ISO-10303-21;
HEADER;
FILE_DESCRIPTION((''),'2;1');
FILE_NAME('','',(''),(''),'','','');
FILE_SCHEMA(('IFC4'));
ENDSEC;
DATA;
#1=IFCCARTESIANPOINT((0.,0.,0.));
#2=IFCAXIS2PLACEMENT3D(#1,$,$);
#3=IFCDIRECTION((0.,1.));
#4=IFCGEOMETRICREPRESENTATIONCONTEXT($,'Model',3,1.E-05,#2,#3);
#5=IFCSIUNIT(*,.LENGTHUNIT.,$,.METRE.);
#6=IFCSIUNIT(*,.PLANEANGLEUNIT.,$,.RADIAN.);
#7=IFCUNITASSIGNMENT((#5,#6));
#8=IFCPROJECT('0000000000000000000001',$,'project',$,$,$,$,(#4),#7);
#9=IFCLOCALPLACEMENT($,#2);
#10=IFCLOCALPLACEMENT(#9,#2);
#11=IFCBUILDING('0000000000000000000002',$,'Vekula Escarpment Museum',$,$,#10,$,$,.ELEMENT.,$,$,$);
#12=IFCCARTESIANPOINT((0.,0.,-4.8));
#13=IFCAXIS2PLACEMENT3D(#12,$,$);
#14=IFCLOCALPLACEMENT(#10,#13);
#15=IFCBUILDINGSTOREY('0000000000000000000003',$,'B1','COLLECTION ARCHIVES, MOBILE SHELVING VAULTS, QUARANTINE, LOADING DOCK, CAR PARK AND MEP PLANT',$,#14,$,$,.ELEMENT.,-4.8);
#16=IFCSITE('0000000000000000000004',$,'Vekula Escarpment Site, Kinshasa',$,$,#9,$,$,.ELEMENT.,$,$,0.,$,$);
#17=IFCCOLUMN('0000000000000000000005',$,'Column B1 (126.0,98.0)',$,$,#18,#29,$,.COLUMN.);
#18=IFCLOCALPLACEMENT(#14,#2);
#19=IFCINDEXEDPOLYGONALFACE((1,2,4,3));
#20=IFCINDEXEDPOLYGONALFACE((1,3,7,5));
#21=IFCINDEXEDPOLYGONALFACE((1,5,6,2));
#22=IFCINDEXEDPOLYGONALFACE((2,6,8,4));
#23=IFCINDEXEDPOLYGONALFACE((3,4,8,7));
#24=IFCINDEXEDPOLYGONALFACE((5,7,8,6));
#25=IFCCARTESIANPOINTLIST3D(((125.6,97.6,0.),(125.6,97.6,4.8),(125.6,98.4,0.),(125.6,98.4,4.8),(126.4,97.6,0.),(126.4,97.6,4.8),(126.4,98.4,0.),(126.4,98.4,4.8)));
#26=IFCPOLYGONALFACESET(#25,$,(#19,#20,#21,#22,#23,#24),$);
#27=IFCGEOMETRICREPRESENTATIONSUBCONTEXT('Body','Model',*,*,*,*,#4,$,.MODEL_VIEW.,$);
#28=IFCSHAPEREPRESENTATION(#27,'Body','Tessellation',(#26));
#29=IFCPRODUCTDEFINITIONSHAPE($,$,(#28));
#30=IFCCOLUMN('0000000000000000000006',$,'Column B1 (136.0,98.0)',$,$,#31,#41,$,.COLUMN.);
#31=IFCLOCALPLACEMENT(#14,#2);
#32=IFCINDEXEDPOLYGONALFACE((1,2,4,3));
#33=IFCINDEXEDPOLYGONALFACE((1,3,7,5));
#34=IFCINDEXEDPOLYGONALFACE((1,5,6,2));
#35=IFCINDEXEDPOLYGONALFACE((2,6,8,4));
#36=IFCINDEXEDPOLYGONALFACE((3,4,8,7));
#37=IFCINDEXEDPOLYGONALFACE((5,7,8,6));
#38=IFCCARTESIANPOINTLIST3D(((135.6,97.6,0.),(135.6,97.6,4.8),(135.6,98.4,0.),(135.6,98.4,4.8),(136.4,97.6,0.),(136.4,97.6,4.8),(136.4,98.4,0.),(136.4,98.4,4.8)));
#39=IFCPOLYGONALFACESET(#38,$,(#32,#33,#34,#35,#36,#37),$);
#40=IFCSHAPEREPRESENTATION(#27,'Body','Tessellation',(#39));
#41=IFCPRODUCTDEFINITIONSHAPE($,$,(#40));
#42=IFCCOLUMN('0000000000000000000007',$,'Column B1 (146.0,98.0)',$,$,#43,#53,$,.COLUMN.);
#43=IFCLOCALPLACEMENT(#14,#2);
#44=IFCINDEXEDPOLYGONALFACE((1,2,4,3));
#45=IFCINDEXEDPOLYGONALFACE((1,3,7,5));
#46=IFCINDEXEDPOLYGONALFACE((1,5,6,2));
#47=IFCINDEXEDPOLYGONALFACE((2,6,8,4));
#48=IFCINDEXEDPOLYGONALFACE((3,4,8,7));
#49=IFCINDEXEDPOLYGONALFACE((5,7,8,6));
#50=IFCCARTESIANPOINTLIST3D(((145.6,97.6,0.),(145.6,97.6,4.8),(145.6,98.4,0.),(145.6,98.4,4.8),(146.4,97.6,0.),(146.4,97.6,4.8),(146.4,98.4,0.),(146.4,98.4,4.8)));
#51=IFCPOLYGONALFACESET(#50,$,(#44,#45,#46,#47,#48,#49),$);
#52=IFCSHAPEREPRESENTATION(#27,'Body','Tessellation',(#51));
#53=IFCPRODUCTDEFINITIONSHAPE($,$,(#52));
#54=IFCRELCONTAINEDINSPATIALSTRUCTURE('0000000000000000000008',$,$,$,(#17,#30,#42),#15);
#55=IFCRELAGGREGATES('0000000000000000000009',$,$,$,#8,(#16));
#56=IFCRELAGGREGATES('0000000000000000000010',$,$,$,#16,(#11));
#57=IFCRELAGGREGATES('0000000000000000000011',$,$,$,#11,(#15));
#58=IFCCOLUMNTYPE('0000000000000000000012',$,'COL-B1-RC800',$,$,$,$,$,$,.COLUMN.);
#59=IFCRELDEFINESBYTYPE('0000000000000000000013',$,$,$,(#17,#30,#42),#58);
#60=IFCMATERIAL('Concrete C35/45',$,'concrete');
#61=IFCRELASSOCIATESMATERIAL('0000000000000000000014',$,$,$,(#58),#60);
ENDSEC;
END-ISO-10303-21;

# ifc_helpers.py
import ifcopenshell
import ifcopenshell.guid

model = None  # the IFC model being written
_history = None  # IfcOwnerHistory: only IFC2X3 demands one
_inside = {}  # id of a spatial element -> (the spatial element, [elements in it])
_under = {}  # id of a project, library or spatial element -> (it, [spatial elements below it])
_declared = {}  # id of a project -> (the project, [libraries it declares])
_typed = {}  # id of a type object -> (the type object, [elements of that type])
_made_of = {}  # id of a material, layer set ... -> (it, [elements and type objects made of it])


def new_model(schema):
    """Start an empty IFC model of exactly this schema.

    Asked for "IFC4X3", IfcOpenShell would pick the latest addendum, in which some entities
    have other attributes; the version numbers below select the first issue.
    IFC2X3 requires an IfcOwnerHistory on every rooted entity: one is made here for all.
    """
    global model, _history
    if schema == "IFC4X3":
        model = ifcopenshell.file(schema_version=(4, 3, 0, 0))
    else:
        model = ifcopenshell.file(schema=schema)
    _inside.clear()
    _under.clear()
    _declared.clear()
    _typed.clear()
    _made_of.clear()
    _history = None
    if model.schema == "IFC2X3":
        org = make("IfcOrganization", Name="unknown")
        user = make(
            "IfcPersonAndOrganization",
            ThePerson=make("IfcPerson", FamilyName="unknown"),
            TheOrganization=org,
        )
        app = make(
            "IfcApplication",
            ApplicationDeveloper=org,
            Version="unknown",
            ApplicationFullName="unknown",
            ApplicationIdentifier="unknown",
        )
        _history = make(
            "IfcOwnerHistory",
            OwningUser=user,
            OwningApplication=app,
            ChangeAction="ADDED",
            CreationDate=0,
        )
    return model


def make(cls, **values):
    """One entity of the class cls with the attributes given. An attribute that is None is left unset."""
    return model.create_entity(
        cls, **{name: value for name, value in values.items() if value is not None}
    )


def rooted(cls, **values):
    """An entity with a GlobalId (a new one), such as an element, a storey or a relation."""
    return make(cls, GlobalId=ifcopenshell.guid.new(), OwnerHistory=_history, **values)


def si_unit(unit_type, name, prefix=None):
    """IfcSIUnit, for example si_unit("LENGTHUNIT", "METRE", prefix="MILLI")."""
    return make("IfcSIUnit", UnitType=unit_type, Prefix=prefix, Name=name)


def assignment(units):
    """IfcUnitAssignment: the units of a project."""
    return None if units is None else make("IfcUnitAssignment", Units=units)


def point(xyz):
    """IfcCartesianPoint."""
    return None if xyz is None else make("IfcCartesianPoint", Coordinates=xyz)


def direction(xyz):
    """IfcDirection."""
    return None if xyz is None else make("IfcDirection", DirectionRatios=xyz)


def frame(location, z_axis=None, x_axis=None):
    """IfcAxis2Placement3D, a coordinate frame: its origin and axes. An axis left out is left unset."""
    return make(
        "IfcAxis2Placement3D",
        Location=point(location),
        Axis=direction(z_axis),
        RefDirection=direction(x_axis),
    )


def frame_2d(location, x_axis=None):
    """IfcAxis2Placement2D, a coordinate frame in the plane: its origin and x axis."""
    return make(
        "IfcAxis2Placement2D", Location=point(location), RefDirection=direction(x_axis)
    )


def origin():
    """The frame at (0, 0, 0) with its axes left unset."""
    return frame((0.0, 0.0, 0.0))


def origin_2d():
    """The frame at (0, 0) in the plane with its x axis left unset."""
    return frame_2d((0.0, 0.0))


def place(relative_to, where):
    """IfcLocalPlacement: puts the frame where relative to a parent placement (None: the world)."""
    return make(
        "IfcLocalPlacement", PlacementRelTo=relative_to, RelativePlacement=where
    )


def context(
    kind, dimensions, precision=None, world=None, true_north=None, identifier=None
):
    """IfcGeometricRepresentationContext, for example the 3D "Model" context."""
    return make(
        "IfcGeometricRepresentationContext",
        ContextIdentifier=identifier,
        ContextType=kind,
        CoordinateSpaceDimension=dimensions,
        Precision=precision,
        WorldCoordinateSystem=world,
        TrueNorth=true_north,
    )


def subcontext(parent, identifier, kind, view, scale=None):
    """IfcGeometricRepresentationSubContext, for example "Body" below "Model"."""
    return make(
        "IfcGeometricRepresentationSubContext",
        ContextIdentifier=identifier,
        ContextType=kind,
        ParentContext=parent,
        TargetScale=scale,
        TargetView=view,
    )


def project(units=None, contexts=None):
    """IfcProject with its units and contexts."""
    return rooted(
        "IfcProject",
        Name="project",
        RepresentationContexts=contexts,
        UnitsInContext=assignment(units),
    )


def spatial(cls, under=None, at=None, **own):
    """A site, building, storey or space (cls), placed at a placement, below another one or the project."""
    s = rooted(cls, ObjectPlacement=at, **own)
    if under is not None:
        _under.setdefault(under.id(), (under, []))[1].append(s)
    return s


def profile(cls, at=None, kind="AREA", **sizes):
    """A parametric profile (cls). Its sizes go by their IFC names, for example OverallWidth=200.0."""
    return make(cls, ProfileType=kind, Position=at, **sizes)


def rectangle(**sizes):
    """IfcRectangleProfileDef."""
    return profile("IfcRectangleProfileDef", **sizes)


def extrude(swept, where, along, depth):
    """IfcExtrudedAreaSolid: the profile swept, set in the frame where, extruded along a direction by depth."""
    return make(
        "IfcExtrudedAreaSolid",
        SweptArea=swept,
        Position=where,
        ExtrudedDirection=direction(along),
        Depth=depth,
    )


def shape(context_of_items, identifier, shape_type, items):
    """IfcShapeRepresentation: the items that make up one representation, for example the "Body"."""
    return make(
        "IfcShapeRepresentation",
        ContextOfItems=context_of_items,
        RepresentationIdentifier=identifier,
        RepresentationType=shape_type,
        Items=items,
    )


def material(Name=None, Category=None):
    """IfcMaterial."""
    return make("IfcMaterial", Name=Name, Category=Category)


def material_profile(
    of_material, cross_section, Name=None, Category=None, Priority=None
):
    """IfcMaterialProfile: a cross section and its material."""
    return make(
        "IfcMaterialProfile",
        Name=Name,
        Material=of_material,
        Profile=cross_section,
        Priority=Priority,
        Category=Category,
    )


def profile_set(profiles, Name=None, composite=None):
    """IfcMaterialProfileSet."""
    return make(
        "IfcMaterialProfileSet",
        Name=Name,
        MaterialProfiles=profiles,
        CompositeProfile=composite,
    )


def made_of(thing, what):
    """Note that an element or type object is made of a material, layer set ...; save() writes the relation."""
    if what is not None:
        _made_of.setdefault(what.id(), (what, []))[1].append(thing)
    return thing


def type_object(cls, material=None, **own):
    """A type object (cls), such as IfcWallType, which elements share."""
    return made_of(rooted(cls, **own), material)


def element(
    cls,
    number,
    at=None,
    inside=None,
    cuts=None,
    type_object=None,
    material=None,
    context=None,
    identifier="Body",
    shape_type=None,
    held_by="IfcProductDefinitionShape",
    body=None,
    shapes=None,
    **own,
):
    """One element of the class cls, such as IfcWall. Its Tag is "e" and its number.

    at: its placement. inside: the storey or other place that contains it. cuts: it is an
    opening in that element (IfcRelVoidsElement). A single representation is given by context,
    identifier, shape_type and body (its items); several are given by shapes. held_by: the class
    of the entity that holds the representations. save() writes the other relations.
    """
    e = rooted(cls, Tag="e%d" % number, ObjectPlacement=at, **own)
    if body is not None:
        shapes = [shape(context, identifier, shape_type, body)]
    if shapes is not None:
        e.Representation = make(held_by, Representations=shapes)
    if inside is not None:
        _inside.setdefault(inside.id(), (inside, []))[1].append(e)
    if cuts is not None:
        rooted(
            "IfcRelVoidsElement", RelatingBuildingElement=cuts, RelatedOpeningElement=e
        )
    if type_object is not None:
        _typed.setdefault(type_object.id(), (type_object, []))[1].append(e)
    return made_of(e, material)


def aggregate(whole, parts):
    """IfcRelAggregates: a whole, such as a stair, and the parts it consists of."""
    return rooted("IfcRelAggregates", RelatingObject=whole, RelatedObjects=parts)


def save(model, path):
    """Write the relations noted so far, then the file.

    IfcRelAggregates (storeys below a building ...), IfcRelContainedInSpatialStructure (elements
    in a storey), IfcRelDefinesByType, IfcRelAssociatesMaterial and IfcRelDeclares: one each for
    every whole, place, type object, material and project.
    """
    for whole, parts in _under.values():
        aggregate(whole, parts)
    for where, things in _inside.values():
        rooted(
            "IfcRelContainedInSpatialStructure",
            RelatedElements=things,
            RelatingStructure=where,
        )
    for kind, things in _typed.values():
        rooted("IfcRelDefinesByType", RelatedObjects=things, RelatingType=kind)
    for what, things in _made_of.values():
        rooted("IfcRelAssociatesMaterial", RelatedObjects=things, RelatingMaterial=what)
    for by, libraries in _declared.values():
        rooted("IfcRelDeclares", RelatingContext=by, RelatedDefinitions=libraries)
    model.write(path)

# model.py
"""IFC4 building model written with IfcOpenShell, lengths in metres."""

from ifc_helpers import new_model, si_unit, direction, frame, origin, origin_2d, place, context, subcontext, project, spatial, rectangle, extrude, material, material_profile, profile_set, type_object, element, save


model = new_model("IFC4")

# Units and contexts
model_context = context("Model", 3, precision=1e-05, world=origin(), true_north=direction((0.0, 1.0)))
body_context = subcontext(model_context, "Body", "Model", "MODEL_VIEW")
ifc_project = project(units=[si_unit("LENGTHUNIT", "METRE"), si_unit("PLANEANGLEUNIT", "RADIAN")], contexts=[model_context])

# Site, building, storey
site_placement = place(None, origin())
site = spatial("IfcSite", under=ifc_project, at=site_placement, Name="Vekula Escarpment Site, Kinshasa", CompositionType="ELEMENT", RefElevation=0.0)
building_placement = place(site_placement, origin())
building = spatial("IfcBuilding", under=site, at=building_placement, Name="Vekula Escarpment Museum", CompositionType="ELEMENT")
storey_placement = place(building_placement, frame((0.0, 0.0, -4.8)))
storey = spatial("IfcBuildingStorey", under=building, at=storey_placement, Name="B1", Description="COLLECTION ARCHIVES, MOBILE SHELVING VAULTS, QUARANTINE, LOADING DOCK, CAR PARK AND MEP PLANT", CompositionType="ELEMENT", Elevation=-4.8)

# Columns
ifc_material_1 = material(Name="Concrete C35/45", Category="concrete")
ifc_material_profile_1 = material_profile(ifc_material_1, rectangle(XDim=0.8, YDim=0.8, at=origin_2d()), Name="RC 800x800")
ifc_profile_set_1 = profile_set([ifc_material_profile_1], Name="Concrete C35/45")
column_type_1 = type_object("IfcColumnType", Name="COL-B1-RC800", PredefinedType="COLUMN", material=ifc_profile_set_1)
for number, where, z_axis, x_axis, name in (
    (1, (126.0, 98.0, 0.0), (0.0, 0.0, 1.0), (1.0, 0.0, 0.0), "Column B1 (126.0,98.0)"),
    (2, (136.0, 98.0, 0.0), (0.0, 0.0, 1.0), (1.0, 0.0, 0.0), "Column B1 (136.0,98.0)"),
    (3, (146.0, 98.0, 0.0), (0.0, 0.0, 1.0), (1.0, 0.0, 0.0), "Column B1 (146.0,98.0)"),
):
    element("IfcColumn", number, at=place(storey_placement, frame(where, z_axis=z_axis, x_axis=x_axis)), inside=storey, type_object=column_type_1, Name=name, PredefinedType="COLUMN", context=body_context, shape_type="SweptSolid", body=[
        extrude(rectangle(XDim=0.8, YDim=0.8, at=origin_2d()), origin(), (0.0, 0.0, 1.0), 4.8),
    ])

save(model, "model.ifc")
